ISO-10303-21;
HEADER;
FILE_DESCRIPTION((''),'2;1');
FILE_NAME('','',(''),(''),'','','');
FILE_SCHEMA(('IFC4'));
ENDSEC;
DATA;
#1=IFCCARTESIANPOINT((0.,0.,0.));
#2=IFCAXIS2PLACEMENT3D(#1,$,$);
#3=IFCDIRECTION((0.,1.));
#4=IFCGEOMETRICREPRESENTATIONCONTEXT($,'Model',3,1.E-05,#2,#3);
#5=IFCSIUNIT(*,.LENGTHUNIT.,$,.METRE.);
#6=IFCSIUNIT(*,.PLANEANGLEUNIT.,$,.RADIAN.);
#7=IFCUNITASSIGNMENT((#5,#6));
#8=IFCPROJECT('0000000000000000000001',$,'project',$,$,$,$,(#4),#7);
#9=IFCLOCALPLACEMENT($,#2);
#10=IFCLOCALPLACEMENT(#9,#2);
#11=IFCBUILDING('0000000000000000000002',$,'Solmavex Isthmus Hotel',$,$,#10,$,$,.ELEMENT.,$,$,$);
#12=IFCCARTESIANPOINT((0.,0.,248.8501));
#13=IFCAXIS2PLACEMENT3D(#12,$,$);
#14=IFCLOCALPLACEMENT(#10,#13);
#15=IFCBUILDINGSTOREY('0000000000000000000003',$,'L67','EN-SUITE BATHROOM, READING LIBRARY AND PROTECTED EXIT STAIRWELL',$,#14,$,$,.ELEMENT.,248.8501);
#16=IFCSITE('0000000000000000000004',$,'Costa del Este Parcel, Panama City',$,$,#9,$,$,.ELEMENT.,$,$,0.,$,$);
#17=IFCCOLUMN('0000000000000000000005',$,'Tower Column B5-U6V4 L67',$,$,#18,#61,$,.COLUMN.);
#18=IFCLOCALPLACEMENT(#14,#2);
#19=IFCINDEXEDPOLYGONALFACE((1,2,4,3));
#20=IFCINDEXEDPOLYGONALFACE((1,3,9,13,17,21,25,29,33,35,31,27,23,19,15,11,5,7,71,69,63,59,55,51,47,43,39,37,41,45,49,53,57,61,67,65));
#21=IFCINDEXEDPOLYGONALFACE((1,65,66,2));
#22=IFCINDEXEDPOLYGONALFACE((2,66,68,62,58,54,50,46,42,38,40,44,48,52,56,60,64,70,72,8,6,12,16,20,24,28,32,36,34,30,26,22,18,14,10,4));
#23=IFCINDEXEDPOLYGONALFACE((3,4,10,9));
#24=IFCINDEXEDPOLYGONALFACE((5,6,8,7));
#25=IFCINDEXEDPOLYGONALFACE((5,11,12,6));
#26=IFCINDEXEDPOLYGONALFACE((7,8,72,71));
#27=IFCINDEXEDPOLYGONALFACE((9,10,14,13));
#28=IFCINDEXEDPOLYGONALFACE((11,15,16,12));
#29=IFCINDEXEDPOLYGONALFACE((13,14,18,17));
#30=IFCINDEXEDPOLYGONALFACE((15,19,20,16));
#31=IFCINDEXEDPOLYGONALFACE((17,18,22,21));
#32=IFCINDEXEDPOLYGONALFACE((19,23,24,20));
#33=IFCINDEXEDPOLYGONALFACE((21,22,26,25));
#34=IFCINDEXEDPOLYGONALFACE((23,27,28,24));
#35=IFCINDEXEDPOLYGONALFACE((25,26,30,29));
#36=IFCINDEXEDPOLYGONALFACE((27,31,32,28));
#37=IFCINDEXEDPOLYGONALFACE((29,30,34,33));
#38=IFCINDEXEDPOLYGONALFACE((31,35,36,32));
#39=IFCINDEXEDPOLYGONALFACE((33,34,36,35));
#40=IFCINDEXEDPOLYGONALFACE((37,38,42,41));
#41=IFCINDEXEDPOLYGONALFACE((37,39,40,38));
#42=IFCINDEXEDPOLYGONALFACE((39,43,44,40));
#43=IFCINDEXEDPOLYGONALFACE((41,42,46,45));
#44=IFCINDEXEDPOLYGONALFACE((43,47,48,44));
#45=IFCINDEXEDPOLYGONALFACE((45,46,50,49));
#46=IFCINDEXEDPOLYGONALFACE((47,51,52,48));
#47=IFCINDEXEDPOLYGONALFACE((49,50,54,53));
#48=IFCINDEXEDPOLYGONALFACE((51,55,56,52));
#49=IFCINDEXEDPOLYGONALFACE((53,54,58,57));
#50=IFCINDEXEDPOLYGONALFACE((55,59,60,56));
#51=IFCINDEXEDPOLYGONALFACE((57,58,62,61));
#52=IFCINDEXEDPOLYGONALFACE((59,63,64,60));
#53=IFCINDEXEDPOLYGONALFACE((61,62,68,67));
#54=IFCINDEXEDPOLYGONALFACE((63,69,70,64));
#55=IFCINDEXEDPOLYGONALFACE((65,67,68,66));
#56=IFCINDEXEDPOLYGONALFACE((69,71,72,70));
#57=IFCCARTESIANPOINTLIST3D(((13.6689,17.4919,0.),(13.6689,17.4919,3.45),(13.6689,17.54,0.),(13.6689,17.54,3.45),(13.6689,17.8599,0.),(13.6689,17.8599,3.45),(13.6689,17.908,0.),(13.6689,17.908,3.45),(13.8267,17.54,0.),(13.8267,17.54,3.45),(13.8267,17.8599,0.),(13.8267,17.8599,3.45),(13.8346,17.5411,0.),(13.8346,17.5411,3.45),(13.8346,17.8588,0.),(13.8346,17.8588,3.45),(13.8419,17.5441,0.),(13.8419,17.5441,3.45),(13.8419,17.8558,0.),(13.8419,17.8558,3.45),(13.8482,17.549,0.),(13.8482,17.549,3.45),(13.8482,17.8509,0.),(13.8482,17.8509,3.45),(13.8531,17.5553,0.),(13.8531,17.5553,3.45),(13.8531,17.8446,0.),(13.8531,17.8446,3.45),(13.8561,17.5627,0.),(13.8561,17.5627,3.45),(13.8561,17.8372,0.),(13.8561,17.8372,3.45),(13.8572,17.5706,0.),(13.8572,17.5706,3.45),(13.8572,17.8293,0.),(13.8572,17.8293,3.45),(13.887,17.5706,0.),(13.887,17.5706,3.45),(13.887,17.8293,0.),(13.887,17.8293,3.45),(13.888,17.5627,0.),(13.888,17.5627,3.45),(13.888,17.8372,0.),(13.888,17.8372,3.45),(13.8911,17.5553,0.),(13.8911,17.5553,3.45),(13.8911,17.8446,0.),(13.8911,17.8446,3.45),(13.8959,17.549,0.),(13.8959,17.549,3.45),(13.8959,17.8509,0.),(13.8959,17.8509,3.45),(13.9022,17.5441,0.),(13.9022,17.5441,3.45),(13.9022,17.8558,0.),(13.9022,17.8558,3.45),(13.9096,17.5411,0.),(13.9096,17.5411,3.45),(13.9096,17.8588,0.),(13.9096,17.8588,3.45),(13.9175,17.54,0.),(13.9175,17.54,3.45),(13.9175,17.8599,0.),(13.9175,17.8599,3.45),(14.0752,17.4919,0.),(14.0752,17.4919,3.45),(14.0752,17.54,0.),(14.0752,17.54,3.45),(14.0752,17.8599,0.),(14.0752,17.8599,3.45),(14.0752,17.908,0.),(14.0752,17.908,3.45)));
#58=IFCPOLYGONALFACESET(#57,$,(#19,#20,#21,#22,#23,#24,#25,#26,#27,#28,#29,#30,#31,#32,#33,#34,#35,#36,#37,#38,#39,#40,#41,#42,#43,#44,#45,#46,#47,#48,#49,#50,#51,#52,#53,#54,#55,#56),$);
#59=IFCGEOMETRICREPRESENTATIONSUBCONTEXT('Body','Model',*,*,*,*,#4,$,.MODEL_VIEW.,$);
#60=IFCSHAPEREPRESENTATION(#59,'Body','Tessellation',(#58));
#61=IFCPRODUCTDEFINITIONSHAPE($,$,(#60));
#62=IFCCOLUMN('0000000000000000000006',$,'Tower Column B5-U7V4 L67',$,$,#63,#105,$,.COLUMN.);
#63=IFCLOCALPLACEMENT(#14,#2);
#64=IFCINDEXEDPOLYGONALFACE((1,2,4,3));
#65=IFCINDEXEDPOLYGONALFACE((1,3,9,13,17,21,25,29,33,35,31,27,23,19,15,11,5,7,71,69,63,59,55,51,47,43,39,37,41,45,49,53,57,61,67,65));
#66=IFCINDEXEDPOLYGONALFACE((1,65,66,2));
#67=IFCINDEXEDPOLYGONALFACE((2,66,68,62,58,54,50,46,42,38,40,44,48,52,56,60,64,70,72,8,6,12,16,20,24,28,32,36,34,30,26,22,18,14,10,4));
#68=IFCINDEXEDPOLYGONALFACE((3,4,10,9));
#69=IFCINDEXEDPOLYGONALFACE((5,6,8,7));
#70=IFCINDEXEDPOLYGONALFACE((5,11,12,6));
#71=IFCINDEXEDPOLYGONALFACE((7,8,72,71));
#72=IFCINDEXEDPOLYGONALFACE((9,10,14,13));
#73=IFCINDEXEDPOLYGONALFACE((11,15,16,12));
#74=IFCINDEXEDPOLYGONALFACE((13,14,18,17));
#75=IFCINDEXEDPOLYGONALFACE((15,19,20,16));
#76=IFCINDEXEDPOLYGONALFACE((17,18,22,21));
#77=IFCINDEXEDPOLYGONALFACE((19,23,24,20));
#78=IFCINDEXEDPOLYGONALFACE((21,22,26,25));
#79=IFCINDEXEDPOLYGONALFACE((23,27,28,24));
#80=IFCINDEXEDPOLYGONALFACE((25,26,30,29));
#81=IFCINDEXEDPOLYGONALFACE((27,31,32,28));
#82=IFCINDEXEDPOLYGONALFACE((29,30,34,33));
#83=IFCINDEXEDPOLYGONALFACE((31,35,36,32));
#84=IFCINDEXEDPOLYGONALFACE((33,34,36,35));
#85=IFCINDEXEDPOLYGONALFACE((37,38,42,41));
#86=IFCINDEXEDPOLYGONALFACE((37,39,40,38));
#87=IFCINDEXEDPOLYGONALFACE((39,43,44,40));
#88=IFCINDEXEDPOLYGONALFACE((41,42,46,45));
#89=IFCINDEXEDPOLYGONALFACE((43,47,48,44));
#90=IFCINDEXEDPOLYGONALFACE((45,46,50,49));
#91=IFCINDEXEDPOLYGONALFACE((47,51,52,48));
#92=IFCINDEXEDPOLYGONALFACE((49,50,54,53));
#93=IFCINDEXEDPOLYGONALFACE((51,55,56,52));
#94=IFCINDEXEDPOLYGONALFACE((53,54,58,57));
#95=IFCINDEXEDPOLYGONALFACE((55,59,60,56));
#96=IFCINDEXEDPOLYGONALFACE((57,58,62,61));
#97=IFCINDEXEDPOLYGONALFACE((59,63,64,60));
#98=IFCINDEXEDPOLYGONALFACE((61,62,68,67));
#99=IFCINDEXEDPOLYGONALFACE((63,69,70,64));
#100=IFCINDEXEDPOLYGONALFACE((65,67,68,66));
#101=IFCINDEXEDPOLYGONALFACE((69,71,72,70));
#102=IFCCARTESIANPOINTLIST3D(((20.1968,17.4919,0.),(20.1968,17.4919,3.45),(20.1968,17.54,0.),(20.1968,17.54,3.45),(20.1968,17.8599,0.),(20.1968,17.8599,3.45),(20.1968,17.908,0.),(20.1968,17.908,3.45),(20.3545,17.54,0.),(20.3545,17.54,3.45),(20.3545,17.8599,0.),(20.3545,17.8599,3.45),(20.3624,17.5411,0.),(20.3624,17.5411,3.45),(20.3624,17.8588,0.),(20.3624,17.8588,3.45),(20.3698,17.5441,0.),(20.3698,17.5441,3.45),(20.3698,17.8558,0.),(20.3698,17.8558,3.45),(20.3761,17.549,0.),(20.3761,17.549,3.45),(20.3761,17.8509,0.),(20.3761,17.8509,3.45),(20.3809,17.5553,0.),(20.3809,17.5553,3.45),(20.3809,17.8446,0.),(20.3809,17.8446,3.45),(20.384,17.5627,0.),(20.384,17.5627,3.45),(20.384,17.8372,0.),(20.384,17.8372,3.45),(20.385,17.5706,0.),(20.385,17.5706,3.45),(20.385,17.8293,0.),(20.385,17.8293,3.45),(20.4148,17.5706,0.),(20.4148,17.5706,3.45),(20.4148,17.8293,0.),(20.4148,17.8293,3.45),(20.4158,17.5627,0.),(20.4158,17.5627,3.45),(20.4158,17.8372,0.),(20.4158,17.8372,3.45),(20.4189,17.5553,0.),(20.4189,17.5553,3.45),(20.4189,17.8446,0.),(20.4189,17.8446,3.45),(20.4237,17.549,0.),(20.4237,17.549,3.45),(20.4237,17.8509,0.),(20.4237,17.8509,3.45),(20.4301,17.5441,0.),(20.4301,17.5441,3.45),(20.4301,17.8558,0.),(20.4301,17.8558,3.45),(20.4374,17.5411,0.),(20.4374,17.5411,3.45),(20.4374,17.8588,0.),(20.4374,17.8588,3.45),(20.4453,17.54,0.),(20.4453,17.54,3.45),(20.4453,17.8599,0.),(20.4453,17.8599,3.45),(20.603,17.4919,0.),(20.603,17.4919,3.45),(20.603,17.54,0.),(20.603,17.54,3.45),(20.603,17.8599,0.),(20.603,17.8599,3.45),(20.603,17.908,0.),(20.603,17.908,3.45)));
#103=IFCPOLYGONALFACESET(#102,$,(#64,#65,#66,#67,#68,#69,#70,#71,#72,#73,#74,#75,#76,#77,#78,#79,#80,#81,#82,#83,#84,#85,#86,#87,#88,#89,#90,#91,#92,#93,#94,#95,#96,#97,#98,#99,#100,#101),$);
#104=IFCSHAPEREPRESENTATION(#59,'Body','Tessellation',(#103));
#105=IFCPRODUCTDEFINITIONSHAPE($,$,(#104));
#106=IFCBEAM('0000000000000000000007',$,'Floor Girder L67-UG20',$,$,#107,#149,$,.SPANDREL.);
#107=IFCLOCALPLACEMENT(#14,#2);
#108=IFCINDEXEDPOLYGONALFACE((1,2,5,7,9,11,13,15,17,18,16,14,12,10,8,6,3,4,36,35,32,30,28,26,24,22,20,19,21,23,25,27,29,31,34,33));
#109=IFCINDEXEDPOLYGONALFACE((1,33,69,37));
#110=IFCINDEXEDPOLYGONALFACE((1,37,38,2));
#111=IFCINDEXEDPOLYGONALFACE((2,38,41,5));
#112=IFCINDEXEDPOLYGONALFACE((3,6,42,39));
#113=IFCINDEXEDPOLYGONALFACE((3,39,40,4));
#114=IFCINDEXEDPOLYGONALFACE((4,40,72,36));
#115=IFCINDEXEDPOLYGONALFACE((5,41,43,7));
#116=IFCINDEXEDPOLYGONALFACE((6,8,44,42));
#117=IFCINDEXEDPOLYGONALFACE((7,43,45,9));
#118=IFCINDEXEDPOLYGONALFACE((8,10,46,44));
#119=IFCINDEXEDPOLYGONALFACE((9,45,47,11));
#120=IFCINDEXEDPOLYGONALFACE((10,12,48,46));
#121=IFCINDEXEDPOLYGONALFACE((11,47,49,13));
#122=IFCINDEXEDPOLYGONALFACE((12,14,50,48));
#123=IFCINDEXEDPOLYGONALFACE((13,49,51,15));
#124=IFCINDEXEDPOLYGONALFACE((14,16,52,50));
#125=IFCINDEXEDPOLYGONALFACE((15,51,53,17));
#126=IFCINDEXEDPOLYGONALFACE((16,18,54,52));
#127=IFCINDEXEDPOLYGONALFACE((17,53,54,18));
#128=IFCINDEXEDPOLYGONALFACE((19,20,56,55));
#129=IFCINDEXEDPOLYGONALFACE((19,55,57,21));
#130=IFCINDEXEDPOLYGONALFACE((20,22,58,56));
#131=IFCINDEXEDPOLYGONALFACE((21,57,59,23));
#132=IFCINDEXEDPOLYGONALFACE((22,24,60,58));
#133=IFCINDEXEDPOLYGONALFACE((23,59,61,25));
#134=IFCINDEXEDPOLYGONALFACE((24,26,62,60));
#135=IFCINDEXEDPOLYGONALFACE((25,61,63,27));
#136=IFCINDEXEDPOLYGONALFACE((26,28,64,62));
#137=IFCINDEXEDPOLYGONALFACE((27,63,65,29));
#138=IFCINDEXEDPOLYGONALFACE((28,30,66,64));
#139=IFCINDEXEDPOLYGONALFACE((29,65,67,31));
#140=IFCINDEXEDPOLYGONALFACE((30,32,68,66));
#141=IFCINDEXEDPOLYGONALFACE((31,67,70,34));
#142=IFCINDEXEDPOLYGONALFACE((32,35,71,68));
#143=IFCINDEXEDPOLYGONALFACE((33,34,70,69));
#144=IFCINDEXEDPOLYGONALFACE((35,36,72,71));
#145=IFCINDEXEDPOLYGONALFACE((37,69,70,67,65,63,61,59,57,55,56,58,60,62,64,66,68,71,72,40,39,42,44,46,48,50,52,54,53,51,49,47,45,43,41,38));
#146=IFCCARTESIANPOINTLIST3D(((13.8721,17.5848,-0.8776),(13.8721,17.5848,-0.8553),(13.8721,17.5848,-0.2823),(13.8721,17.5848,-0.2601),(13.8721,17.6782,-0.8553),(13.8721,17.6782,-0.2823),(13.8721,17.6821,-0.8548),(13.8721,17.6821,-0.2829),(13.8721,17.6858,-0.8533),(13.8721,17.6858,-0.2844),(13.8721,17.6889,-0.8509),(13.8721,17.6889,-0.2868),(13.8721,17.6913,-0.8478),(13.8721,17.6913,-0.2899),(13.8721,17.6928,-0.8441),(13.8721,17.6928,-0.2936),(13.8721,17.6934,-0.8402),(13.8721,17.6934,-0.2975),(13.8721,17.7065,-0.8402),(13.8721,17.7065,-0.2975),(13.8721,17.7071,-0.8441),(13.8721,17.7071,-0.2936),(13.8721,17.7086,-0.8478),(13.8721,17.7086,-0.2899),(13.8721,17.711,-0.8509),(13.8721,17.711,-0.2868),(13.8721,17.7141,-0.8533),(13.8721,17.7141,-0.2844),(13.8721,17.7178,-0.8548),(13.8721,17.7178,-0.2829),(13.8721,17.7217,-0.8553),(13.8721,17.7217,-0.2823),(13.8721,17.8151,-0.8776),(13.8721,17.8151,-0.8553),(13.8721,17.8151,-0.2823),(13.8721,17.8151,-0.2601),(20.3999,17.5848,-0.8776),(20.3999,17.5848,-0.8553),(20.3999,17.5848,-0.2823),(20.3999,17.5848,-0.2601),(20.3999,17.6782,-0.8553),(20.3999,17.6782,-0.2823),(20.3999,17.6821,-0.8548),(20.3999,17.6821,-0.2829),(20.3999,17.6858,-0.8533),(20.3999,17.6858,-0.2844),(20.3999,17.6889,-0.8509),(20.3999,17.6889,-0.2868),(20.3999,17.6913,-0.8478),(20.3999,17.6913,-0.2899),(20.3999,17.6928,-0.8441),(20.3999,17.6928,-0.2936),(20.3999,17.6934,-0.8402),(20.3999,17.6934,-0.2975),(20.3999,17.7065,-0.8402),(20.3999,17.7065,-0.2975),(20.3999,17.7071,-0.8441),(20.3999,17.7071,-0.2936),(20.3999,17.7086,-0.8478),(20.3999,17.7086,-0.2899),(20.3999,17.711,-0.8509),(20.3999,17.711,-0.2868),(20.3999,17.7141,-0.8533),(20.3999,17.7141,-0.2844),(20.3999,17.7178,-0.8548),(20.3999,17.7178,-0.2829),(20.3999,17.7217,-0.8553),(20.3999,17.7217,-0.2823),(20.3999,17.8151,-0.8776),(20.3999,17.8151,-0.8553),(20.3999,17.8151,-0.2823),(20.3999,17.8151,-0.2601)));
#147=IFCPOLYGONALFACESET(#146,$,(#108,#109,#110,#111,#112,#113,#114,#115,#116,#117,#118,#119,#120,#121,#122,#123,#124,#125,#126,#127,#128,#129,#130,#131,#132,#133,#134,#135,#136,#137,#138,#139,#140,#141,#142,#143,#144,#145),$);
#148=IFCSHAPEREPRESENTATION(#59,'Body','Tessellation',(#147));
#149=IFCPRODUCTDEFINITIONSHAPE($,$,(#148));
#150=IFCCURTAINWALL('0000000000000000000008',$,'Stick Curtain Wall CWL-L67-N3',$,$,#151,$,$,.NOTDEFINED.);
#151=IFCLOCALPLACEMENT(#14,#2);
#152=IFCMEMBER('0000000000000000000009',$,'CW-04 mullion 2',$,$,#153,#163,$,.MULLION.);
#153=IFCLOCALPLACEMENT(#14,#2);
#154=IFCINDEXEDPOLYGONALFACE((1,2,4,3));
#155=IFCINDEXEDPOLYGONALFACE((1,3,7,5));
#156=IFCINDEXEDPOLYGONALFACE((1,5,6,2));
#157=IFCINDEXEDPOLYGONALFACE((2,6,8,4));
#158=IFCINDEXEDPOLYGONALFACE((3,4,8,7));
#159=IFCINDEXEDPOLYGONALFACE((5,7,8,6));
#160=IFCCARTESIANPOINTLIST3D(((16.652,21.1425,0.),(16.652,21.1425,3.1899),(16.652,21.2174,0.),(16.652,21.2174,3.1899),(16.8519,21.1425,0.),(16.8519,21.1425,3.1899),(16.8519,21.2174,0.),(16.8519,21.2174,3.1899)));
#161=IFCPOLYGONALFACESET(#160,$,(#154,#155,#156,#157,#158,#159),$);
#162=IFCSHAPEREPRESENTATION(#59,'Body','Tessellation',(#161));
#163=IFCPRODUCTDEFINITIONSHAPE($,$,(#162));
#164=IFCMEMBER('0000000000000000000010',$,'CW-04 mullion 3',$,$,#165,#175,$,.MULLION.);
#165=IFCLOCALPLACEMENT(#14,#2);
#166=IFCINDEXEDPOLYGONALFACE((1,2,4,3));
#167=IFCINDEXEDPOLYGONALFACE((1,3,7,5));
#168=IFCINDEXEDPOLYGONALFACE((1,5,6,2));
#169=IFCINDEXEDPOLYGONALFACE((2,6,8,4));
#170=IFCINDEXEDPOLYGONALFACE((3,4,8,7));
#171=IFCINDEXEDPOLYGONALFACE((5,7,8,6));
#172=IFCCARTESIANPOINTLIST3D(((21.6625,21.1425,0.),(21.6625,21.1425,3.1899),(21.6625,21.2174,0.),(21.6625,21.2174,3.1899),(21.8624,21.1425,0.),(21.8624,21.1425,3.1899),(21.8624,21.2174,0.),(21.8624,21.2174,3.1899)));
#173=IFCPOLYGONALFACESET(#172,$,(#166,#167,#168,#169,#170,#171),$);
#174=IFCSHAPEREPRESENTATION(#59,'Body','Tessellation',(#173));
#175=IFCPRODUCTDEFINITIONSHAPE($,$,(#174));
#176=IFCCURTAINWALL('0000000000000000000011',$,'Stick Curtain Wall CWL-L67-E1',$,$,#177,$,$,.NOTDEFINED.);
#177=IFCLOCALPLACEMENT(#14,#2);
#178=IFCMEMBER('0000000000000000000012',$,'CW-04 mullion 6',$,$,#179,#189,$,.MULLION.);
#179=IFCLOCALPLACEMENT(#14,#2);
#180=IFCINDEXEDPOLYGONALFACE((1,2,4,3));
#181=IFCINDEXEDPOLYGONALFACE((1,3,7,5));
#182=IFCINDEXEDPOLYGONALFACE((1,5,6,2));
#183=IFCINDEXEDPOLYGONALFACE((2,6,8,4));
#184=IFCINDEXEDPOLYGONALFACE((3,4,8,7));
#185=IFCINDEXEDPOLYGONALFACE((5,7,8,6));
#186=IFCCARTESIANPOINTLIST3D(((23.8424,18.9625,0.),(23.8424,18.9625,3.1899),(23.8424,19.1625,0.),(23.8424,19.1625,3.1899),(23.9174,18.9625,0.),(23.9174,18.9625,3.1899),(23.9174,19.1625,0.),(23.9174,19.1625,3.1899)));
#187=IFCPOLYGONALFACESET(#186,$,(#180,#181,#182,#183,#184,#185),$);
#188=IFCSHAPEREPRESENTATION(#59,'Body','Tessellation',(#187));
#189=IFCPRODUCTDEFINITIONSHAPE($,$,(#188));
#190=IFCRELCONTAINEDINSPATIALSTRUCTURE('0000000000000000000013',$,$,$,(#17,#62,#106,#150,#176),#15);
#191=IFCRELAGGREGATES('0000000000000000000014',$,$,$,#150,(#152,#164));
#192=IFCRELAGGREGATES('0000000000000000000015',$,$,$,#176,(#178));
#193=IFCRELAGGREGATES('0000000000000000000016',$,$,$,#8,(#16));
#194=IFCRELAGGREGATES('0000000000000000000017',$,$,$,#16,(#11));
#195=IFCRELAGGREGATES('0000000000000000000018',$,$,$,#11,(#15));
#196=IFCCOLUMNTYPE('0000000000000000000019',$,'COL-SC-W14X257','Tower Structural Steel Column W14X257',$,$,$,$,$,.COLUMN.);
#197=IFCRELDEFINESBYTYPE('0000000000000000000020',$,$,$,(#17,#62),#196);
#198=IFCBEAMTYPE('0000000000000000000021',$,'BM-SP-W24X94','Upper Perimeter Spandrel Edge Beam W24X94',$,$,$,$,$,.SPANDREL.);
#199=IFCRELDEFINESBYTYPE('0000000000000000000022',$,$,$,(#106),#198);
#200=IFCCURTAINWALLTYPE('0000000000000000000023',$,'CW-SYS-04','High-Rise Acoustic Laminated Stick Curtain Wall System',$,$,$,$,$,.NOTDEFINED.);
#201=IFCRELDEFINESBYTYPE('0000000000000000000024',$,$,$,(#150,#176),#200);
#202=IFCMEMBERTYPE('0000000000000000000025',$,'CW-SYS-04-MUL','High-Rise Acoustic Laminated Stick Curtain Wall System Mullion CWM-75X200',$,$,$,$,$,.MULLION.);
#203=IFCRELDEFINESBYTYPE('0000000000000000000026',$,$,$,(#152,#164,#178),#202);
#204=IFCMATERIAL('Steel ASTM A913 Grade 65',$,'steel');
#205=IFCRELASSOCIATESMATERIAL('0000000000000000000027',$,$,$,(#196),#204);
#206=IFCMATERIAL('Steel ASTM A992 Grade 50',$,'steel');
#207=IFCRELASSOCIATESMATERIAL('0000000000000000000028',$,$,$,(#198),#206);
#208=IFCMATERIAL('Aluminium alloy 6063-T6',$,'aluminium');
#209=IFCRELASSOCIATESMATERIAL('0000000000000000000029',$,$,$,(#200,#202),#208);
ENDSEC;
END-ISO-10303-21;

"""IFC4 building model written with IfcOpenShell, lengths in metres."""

from ifc_helpers import new_model, si_unit, direction, frame, origin, origin_2d, place, context, subcontext, project, spatial, rectangle, i_section, extrude, material, material_profile, profile_set, type_object, element, aggregate, save


model = new_model("IFC4")

# Units and contexts
model_context = context("Model", 3, precision=1e-05, world=origin(), true_north=direction((0.0, 1.0)))
body_context = subcontext(model_context, "Body", "Model", "MODEL_VIEW")
ifc_project = project(units=[si_unit("LENGTHUNIT", "METRE"), si_unit("PLANEANGLEUNIT", "RADIAN")], contexts=[model_context])

# Site, building, storey
site_placement = place(None, origin())
site = spatial("IfcSite", under=ifc_project, at=site_placement, Name="Costa del Este Parcel, Panama City", CompositionType="ELEMENT", RefElevation=0.0)
building_placement = place(site_placement, origin())
building = spatial("IfcBuilding", under=site, at=building_placement, Name="Solmavex Isthmus Hotel", CompositionType="ELEMENT")
storey_placement = place(building_placement, frame((0.0, 0.0, 248.8501)))
storey = spatial("IfcBuildingStorey", under=building, at=storey_placement, Name="L67", Description="EN-SUITE BATHROOM, READING LIBRARY AND PROTECTED EXIT STAIRWELL", CompositionType="ELEMENT", Elevation=248.8501)

# Columns
ifc_material_1 = material(Name="Steel ASTM A913 Grade 65", Category="steel")
ifc_material_profile_1 = material_profile(ifc_material_1, i_section(OverallWidth=0.4062, OverallDepth=0.416, WebThickness=0.0298, FlangeThickness=0.0481, FilletRadius=0.0305, at=origin_2d()), Name="W14X257")
ifc_profile_set_1 = profile_set([ifc_material_profile_1], Name="Steel ASTM A913 Grade 65")
column_type = type_object("IfcColumnType", Name="COL-SC-W14X257", Description="Tower Structural Steel Column W14X257", PredefinedType="COLUMN", material=ifc_profile_set_1)
for number, where, z_axis, x_axis, name in (
    (1, (13.8721, 17.7, 0.0), (0.0, 0.0, 1.0), (1.0, 0.0, 0.0), "Tower Column B5-U6V4 L67"),
    (2, (20.3999, 17.7, 0.0), (0.0, 0.0, 1.0), (1.0, 0.0, 0.0), "Tower Column B5-U7V4 L67"),
):
    element("IfcColumn", number, at=place(storey_placement, frame(where, z_axis=z_axis, x_axis=x_axis)), inside=storey, type_object=column_type, Name=name, PredefinedType="COLUMN", context=body_context, shape_type="SweptSolid", body=[
        extrude(i_section(OverallWidth=0.4062, OverallDepth=0.416, WebThickness=0.0298, FlangeThickness=0.0481, FilletRadius=0.0305, at=origin_2d()), origin(), (0.0, 0.0, 1.0), 3.45),
    ])

# Beam
ifc_material_2 = material(Name="Steel ASTM A992 Grade 50", Category="steel")
ifc_material_profile_2 = material_profile(ifc_material_2, i_section(OverallWidth=0.2302, OverallDepth=0.6174, WebThickness=0.0132, FlangeThickness=0.0222, FilletRadius=0.0151, at=origin_2d()), Name="W24X94")
ifc_profile_set_2 = profile_set([ifc_material_profile_2], Name="Steel ASTM A992 Grade 50")
beam_type = type_object("IfcBeamType", Name="BM-SP-W24X94", Description="Upper Perimeter Spandrel Edge Beam W24X94", PredefinedType="SPANDREL", material=ifc_profile_set_2)
beam_placement = place(storey_placement, frame((13.8721, 17.7, -0.5688), z_axis=(1.0, 0.0, 0.0), x_axis=(0.0, 1.0, 0.0)))
element("IfcBeam", 3, at=beam_placement, inside=storey, type_object=beam_type, Name="Floor Girder L67-UG20", PredefinedType="SPANDREL", context=body_context, shape_type="SweptSolid", body=[
    extrude(i_section(OverallWidth=0.2302, OverallDepth=0.6174, WebThickness=0.0132, FlangeThickness=0.0222, FilletRadius=0.0151, at=origin_2d()), origin(), (0.0, 0.0, 1.0), 6.5278),
])

# Curtain wall, members
ifc_material_3 = material(Name="Aluminium alloy 6063-T6", Category="aluminium")
curtain_wall_type = type_object("IfcCurtainWallType", Name="CW-SYS-04", Description="High-Rise Acoustic Laminated Stick Curtain Wall System", PredefinedType="NOTDEFINED", material=ifc_material_3)
curtain_wall_1_placement = place(storey_placement, origin())
curtain_wall_1 = element("IfcCurtainWall", 4, at=curtain_wall_1_placement, inside=storey, type_object=curtain_wall_type, Name="Stick Curtain Wall CWL-L67-N3", PredefinedType="NOTDEFINED")
ifc_material_profile_3 = material_profile(ifc_material_3, rectangle(XDim=0.075, YDim=0.2, at=origin_2d()), Name="CWM-75X200")
ifc_profile_set_3 = profile_set([ifc_material_profile_3], Name="Aluminium alloy 6063-T6")
member_type_1 = type_object("IfcMemberType", Name="CW-SYS-04-MUL", Description="High-Rise Acoustic Laminated Stick Curtain Wall System Mullion CWM-75X200", PredefinedType="MULLION", material=ifc_profile_set_3)
member_1_placement = place(storey_placement, frame((16.752, 21.1799, 0.0), z_axis=(0.0, 0.0, 1.0), x_axis=(0.0, 1.0, 0.0)))
member_1 = element("IfcMember", 5, at=member_1_placement, type_object=member_type_1, Name="CW-04 mullion 2", PredefinedType="MULLION", context=body_context, shape_type="SweptSolid", body=[
    extrude(rectangle(XDim=0.075, YDim=0.2, at=origin_2d()), origin(), (0.0, 0.0, 1.0), 3.1899),
])
member_2_placement = place(storey_placement, frame((21.7625, 21.1799, 0.0), z_axis=(0.0, 0.0, 1.0), x_axis=(0.0, 1.0, 0.0)))
member_2 = element("IfcMember", 6, at=member_2_placement, type_object=member_type_1, Name="CW-04 mullion 3", PredefinedType="MULLION", context=body_context, shape_type="SweptSolid", body=[
    extrude(rectangle(XDim=0.075, YDim=0.2, at=origin_2d()), origin(), (0.0, 0.0, 1.0), 3.1899),
])

# Curtain wall, member
curtain_wall_2_placement = place(storey_placement, origin())
curtain_wall_2 = element("IfcCurtainWall", 7, at=curtain_wall_2_placement, inside=storey, type_object=curtain_wall_type, Name="Stick Curtain Wall CWL-L67-E1", PredefinedType="NOTDEFINED")
member_3_placement = place(storey_placement, frame((23.8799, 19.0625, 0.0), z_axis=(0.0, 0.0, 1.0), x_axis=(-1.0, 0.0, 0.0)))
member_3 = element("IfcMember", 8, at=member_3_placement, type_object=member_type_1, Name="CW-04 mullion 6", PredefinedType="MULLION", context=body_context, shape_type="SweptSolid", body=[
    extrude(rectangle(XDim=0.075, YDim=0.2, at=origin_2d()), origin(), (0.0, 0.0, 1.0), 3.1899),
])

aggregate(curtain_wall_1, [member_1, member_2])
aggregate(curtain_wall_2, [member_3])

save(model, "model.ifc")
